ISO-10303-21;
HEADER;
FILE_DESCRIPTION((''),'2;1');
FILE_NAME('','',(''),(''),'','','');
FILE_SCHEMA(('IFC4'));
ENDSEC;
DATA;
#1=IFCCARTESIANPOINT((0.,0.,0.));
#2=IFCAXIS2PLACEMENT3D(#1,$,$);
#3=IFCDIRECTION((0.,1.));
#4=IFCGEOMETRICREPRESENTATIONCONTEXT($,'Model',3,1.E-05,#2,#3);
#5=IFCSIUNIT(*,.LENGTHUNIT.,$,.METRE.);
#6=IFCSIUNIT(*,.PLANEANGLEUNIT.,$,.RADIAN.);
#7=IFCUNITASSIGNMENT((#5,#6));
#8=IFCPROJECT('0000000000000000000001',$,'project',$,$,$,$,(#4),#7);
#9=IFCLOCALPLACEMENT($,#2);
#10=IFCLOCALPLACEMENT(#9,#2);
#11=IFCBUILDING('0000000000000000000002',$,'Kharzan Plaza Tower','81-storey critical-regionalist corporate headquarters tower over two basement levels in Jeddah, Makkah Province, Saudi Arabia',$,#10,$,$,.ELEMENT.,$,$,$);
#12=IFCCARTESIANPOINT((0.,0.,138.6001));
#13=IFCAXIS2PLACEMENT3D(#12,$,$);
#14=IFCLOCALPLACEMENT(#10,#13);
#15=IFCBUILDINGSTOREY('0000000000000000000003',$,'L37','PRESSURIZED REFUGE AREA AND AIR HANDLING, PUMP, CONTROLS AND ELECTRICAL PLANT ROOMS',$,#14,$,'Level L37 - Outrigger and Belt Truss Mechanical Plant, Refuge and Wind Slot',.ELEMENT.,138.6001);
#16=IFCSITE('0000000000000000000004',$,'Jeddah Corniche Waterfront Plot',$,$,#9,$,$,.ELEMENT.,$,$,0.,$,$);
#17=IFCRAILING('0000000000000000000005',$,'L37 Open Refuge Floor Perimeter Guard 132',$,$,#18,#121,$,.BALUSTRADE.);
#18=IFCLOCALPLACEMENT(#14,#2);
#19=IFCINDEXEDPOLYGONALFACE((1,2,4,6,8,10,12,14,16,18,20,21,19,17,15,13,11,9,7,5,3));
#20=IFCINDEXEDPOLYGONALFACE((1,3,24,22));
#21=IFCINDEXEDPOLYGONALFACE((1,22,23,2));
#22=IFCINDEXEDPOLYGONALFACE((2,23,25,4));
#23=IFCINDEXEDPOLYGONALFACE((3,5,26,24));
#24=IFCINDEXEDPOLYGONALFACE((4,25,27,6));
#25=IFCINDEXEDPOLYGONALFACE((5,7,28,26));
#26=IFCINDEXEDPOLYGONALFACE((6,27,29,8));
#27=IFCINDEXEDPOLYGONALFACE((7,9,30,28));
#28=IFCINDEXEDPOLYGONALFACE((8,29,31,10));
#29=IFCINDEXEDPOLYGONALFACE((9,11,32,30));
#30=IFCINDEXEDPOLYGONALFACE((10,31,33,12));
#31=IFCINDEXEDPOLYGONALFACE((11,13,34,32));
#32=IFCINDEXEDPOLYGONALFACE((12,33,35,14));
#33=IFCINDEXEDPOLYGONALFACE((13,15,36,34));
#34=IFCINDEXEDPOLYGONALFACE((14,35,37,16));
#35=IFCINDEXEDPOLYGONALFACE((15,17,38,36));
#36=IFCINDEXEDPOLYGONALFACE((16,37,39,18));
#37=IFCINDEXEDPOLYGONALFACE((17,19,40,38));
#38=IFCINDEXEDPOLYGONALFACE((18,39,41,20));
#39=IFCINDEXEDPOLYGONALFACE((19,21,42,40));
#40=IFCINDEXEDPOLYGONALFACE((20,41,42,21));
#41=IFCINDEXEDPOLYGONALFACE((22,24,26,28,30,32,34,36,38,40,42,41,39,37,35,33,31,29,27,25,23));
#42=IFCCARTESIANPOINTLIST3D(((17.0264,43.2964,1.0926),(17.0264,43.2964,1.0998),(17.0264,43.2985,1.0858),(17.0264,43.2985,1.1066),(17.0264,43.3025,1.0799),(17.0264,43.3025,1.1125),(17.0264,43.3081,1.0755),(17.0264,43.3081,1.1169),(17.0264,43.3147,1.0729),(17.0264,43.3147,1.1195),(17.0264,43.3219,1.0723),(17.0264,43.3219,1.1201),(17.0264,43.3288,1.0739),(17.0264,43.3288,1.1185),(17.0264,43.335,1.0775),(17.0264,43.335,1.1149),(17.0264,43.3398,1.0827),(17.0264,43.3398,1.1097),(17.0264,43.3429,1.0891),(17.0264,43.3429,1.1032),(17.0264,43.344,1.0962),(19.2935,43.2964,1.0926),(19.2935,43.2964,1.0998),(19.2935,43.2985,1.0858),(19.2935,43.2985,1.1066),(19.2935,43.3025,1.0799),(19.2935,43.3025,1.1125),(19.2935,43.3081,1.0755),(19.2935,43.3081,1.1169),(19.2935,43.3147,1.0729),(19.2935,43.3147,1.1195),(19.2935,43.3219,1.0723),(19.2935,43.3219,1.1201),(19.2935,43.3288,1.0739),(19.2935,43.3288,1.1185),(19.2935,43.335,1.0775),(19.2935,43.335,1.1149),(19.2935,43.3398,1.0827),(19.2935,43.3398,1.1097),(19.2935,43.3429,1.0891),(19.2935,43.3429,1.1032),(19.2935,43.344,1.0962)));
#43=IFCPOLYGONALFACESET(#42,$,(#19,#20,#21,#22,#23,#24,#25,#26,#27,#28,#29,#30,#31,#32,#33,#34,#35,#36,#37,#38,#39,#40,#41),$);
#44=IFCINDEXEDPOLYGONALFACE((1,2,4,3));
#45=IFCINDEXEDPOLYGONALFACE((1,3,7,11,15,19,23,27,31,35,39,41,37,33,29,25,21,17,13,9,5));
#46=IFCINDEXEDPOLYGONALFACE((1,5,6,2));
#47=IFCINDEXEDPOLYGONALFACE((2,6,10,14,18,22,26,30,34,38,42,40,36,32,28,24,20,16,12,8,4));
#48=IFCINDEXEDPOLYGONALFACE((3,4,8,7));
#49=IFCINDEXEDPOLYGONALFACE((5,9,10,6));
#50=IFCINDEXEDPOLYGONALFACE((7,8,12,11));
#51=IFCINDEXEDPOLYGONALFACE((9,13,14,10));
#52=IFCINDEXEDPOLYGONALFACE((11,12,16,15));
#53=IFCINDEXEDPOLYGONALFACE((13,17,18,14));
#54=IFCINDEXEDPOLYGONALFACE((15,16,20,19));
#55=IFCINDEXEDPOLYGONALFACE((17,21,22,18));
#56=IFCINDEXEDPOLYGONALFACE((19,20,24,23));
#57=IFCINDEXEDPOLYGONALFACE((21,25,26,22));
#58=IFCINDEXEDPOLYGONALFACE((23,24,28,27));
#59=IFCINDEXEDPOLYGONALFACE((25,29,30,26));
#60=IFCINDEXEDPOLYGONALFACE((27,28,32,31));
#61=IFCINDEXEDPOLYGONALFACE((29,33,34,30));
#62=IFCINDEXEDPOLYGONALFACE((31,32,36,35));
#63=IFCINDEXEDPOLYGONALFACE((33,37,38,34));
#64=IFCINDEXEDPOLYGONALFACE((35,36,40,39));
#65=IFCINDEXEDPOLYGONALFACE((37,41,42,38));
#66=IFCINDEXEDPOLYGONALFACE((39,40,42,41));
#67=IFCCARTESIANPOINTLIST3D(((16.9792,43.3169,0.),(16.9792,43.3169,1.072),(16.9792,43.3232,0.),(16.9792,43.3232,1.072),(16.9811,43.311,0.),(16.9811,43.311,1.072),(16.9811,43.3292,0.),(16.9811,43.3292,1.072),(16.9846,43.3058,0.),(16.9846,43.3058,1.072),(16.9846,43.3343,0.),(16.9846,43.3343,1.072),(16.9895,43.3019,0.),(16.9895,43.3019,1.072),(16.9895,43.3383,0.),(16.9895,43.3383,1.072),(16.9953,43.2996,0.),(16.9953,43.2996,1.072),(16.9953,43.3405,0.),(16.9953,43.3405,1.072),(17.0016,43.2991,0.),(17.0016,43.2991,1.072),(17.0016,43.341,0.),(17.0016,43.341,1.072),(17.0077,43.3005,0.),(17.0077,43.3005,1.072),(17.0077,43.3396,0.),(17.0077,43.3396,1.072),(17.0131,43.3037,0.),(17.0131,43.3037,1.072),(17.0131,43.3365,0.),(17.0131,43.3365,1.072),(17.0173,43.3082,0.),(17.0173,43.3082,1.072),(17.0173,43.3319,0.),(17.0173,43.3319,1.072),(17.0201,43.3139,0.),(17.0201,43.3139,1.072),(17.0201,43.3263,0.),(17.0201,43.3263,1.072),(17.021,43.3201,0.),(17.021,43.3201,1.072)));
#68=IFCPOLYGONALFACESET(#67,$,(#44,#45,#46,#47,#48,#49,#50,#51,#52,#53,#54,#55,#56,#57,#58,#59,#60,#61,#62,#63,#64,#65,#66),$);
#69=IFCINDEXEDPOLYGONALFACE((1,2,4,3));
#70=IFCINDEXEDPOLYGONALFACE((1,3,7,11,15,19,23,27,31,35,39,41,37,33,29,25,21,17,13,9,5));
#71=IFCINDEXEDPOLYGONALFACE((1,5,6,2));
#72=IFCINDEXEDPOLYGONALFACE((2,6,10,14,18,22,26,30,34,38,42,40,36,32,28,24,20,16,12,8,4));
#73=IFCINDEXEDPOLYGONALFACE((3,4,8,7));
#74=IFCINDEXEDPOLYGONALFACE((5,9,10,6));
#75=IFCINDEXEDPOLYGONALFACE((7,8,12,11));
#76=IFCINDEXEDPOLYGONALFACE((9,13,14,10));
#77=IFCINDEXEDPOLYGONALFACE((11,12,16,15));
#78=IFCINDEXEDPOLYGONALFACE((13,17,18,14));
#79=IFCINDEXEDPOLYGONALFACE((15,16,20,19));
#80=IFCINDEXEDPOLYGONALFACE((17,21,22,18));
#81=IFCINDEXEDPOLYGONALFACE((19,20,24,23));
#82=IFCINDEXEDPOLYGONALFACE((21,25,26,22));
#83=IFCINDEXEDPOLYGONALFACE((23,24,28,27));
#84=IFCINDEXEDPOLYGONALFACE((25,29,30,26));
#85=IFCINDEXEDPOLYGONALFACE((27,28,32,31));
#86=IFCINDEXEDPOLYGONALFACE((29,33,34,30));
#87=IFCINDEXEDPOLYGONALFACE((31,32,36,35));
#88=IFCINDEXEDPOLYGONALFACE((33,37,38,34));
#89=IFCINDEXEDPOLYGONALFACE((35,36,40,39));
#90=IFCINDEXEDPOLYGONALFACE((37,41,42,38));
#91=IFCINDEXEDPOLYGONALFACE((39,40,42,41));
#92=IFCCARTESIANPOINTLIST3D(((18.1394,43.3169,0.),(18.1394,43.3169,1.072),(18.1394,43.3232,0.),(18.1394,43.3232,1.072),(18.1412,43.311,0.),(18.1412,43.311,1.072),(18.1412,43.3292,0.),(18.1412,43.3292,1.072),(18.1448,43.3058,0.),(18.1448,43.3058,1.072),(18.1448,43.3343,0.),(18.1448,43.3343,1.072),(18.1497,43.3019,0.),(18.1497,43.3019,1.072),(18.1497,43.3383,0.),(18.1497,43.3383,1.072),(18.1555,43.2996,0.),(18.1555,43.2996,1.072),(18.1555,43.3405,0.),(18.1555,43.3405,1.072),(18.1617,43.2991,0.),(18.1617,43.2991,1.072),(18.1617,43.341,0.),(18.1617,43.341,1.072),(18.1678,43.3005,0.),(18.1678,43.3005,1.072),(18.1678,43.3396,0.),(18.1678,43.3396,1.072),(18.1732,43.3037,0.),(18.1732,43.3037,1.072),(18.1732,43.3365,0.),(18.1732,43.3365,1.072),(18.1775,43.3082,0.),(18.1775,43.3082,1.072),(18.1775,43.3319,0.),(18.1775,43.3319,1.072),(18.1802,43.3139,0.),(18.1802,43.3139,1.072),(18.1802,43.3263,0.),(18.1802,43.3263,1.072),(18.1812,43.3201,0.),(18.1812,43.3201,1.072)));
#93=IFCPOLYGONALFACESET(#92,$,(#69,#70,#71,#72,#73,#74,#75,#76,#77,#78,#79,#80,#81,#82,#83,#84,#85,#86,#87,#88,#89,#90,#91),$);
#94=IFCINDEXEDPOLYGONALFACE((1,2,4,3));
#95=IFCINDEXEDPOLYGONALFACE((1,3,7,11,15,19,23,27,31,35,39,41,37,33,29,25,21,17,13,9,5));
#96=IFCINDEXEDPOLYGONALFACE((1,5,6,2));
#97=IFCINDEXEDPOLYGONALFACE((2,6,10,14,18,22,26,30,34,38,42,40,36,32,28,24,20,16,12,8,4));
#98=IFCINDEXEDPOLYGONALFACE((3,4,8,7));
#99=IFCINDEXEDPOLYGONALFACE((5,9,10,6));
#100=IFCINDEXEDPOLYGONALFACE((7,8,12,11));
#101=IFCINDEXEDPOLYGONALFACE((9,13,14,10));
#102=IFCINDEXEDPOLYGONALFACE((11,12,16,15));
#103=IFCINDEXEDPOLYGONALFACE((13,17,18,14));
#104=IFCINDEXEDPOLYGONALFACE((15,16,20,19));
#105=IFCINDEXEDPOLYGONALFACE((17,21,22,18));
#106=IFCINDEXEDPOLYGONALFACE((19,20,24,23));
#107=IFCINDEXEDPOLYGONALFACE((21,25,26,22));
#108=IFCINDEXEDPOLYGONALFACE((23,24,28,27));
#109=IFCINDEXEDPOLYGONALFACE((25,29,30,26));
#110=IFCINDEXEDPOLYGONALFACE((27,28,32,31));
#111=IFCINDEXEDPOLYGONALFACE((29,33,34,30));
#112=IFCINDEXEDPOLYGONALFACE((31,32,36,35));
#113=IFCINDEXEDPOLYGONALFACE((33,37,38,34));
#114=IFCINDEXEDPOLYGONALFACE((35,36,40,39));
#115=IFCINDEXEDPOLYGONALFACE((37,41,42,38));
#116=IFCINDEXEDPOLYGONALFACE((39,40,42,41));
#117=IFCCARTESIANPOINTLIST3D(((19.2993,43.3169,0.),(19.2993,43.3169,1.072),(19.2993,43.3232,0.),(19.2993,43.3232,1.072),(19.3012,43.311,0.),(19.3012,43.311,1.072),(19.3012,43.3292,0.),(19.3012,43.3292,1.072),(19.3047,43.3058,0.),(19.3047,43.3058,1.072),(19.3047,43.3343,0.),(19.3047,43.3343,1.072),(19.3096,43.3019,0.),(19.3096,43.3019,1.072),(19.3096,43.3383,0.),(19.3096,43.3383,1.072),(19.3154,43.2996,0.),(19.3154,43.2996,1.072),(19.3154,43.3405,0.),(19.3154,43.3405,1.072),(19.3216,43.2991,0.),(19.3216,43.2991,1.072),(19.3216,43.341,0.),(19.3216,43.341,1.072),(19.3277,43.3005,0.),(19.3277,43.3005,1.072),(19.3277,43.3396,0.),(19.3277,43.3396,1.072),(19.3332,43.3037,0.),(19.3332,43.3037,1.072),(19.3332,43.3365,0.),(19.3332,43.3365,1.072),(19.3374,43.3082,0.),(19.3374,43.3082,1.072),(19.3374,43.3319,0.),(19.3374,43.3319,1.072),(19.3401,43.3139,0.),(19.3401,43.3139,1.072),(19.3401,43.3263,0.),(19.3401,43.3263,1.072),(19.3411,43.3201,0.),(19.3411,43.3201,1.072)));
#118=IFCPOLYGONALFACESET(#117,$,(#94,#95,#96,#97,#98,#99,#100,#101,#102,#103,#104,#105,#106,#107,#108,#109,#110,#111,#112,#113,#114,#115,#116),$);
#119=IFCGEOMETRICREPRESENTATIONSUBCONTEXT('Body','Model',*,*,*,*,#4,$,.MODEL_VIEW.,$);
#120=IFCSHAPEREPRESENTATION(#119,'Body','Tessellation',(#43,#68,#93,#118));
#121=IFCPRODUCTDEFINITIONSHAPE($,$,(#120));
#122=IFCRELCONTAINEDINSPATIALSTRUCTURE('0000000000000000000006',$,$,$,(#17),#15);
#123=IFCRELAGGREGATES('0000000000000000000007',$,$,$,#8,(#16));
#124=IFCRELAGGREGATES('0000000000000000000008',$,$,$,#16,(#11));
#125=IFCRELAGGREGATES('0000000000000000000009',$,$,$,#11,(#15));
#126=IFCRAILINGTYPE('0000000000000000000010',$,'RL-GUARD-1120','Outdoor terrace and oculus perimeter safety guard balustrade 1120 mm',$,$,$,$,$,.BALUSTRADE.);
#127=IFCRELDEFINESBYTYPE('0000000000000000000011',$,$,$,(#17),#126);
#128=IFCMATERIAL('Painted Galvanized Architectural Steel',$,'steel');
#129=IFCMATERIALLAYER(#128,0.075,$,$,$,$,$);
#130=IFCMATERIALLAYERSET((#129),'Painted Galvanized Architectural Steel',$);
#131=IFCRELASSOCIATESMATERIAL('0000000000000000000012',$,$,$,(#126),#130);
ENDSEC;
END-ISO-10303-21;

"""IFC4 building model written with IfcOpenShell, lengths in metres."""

from ifc_helpers import new_model, si_unit, direction, frame, origin, origin_2d, place, context, subcontext, project, spatial, circle, extrude, source, transform, mapped, material, layer, layer_set, type_object, element, save


model = new_model("IFC4")

# Units and contexts
model_context = context("Model", 3, precision=1e-05, world=origin(), true_north=direction((0.0, 1.0)))
body_context = subcontext(model_context, "Body", "Model", "MODEL_VIEW")
ifc_project = project(units=[si_unit("LENGTHUNIT", "METRE"), si_unit("PLANEANGLEUNIT", "RADIAN")], contexts=[model_context])

# Site, building, storey
site_placement = place(None, origin())
site = spatial("IfcSite", under=ifc_project, at=site_placement, Name="Jeddah Corniche Waterfront Plot", CompositionType="ELEMENT", RefElevation=0.0)
building_placement = place(site_placement, origin())
building = spatial("IfcBuilding", under=site, at=building_placement, Name="Kharzan Plaza Tower", Description="81-storey critical-regionalist corporate headquarters tower over two basement levels in Jeddah, Makkah Province, Saudi Arabia", CompositionType="ELEMENT")
storey_placement = place(building_placement, frame((0.0, 0.0, 138.6001)))
storey = spatial("IfcBuildingStorey", under=building, at=storey_placement, Name="L37", Description="PRESSURIZED REFUGE AREA AND AIR HANDLING, PUMP, CONTROLS AND ELECTRICAL PLANT ROOMS", LongName="Level L37 - Outrigger and Belt Truss Mechanical Plant, Refuge and Wind Slot", CompositionType="ELEMENT", Elevation=138.6001)

# Railing
ifc_material_1 = material(Name="Painted Galvanized Architectural Steel", Category="steel")
ifc_layer = layer(ifc_material_1, 0.075)
ifc_layer_set = layer_set([ifc_layer], Name="Painted Galvanized Architectural Steel")
railing_type = type_object("IfcRailingType", Name="RL-GUARD-1120", Description="Outdoor terrace and oculus perimeter safety guard balustrade 1120 mm", PredefinedType="BALUSTRADE", material=ifc_layer_set)
shared_shape_1 = source(origin(), body_context, "Body", "SweptSolid", [
    extrude(circle(Radius=0.0239, at=origin_2d()), frame((0.0264, 0.0, 1.0962), z_axis=(1.0, 0.0, 0.0), x_axis=(0.0, 1.0, 0.0)), (0.0, 0.0, 1.0), 2.2671),
    extrude(circle(Radius=0.021, at=origin_2d()), origin(), (0.0, 0.0, 1.0), 1.072),
    extrude(circle(Radius=0.021, at=origin_2d()), frame((1.1602, 0.0, 0.0)), (0.0, 0.0, 1.0), 1.072),
    extrude(circle(Radius=0.021, at=origin_2d()), frame((2.3201, 0.0, 0.0)), (0.0, 0.0, 1.0), 1.072),
])
for number, where, name in (
    (1, (17.0, 43.3201, 0.0), "L37 Open Refuge Floor Perimeter Guard 132"),
):
    element("IfcRailing", number, at=place(storey_placement, frame(where)), inside=storey, type_object=railing_type, Name=name, PredefinedType="BALUSTRADE", context=body_context, shape_type="MappedRepresentation", body=[
        mapped(shared_shape_1, transform((0.0, 0.0, 0.0), x_axis=(1.0, 0.0, 0.0), y_axis=(0.0, 1.0, 0.0), z_axis=(0.0, 0.0, 1.0))),
    ])

save(model, "model.ifc")
